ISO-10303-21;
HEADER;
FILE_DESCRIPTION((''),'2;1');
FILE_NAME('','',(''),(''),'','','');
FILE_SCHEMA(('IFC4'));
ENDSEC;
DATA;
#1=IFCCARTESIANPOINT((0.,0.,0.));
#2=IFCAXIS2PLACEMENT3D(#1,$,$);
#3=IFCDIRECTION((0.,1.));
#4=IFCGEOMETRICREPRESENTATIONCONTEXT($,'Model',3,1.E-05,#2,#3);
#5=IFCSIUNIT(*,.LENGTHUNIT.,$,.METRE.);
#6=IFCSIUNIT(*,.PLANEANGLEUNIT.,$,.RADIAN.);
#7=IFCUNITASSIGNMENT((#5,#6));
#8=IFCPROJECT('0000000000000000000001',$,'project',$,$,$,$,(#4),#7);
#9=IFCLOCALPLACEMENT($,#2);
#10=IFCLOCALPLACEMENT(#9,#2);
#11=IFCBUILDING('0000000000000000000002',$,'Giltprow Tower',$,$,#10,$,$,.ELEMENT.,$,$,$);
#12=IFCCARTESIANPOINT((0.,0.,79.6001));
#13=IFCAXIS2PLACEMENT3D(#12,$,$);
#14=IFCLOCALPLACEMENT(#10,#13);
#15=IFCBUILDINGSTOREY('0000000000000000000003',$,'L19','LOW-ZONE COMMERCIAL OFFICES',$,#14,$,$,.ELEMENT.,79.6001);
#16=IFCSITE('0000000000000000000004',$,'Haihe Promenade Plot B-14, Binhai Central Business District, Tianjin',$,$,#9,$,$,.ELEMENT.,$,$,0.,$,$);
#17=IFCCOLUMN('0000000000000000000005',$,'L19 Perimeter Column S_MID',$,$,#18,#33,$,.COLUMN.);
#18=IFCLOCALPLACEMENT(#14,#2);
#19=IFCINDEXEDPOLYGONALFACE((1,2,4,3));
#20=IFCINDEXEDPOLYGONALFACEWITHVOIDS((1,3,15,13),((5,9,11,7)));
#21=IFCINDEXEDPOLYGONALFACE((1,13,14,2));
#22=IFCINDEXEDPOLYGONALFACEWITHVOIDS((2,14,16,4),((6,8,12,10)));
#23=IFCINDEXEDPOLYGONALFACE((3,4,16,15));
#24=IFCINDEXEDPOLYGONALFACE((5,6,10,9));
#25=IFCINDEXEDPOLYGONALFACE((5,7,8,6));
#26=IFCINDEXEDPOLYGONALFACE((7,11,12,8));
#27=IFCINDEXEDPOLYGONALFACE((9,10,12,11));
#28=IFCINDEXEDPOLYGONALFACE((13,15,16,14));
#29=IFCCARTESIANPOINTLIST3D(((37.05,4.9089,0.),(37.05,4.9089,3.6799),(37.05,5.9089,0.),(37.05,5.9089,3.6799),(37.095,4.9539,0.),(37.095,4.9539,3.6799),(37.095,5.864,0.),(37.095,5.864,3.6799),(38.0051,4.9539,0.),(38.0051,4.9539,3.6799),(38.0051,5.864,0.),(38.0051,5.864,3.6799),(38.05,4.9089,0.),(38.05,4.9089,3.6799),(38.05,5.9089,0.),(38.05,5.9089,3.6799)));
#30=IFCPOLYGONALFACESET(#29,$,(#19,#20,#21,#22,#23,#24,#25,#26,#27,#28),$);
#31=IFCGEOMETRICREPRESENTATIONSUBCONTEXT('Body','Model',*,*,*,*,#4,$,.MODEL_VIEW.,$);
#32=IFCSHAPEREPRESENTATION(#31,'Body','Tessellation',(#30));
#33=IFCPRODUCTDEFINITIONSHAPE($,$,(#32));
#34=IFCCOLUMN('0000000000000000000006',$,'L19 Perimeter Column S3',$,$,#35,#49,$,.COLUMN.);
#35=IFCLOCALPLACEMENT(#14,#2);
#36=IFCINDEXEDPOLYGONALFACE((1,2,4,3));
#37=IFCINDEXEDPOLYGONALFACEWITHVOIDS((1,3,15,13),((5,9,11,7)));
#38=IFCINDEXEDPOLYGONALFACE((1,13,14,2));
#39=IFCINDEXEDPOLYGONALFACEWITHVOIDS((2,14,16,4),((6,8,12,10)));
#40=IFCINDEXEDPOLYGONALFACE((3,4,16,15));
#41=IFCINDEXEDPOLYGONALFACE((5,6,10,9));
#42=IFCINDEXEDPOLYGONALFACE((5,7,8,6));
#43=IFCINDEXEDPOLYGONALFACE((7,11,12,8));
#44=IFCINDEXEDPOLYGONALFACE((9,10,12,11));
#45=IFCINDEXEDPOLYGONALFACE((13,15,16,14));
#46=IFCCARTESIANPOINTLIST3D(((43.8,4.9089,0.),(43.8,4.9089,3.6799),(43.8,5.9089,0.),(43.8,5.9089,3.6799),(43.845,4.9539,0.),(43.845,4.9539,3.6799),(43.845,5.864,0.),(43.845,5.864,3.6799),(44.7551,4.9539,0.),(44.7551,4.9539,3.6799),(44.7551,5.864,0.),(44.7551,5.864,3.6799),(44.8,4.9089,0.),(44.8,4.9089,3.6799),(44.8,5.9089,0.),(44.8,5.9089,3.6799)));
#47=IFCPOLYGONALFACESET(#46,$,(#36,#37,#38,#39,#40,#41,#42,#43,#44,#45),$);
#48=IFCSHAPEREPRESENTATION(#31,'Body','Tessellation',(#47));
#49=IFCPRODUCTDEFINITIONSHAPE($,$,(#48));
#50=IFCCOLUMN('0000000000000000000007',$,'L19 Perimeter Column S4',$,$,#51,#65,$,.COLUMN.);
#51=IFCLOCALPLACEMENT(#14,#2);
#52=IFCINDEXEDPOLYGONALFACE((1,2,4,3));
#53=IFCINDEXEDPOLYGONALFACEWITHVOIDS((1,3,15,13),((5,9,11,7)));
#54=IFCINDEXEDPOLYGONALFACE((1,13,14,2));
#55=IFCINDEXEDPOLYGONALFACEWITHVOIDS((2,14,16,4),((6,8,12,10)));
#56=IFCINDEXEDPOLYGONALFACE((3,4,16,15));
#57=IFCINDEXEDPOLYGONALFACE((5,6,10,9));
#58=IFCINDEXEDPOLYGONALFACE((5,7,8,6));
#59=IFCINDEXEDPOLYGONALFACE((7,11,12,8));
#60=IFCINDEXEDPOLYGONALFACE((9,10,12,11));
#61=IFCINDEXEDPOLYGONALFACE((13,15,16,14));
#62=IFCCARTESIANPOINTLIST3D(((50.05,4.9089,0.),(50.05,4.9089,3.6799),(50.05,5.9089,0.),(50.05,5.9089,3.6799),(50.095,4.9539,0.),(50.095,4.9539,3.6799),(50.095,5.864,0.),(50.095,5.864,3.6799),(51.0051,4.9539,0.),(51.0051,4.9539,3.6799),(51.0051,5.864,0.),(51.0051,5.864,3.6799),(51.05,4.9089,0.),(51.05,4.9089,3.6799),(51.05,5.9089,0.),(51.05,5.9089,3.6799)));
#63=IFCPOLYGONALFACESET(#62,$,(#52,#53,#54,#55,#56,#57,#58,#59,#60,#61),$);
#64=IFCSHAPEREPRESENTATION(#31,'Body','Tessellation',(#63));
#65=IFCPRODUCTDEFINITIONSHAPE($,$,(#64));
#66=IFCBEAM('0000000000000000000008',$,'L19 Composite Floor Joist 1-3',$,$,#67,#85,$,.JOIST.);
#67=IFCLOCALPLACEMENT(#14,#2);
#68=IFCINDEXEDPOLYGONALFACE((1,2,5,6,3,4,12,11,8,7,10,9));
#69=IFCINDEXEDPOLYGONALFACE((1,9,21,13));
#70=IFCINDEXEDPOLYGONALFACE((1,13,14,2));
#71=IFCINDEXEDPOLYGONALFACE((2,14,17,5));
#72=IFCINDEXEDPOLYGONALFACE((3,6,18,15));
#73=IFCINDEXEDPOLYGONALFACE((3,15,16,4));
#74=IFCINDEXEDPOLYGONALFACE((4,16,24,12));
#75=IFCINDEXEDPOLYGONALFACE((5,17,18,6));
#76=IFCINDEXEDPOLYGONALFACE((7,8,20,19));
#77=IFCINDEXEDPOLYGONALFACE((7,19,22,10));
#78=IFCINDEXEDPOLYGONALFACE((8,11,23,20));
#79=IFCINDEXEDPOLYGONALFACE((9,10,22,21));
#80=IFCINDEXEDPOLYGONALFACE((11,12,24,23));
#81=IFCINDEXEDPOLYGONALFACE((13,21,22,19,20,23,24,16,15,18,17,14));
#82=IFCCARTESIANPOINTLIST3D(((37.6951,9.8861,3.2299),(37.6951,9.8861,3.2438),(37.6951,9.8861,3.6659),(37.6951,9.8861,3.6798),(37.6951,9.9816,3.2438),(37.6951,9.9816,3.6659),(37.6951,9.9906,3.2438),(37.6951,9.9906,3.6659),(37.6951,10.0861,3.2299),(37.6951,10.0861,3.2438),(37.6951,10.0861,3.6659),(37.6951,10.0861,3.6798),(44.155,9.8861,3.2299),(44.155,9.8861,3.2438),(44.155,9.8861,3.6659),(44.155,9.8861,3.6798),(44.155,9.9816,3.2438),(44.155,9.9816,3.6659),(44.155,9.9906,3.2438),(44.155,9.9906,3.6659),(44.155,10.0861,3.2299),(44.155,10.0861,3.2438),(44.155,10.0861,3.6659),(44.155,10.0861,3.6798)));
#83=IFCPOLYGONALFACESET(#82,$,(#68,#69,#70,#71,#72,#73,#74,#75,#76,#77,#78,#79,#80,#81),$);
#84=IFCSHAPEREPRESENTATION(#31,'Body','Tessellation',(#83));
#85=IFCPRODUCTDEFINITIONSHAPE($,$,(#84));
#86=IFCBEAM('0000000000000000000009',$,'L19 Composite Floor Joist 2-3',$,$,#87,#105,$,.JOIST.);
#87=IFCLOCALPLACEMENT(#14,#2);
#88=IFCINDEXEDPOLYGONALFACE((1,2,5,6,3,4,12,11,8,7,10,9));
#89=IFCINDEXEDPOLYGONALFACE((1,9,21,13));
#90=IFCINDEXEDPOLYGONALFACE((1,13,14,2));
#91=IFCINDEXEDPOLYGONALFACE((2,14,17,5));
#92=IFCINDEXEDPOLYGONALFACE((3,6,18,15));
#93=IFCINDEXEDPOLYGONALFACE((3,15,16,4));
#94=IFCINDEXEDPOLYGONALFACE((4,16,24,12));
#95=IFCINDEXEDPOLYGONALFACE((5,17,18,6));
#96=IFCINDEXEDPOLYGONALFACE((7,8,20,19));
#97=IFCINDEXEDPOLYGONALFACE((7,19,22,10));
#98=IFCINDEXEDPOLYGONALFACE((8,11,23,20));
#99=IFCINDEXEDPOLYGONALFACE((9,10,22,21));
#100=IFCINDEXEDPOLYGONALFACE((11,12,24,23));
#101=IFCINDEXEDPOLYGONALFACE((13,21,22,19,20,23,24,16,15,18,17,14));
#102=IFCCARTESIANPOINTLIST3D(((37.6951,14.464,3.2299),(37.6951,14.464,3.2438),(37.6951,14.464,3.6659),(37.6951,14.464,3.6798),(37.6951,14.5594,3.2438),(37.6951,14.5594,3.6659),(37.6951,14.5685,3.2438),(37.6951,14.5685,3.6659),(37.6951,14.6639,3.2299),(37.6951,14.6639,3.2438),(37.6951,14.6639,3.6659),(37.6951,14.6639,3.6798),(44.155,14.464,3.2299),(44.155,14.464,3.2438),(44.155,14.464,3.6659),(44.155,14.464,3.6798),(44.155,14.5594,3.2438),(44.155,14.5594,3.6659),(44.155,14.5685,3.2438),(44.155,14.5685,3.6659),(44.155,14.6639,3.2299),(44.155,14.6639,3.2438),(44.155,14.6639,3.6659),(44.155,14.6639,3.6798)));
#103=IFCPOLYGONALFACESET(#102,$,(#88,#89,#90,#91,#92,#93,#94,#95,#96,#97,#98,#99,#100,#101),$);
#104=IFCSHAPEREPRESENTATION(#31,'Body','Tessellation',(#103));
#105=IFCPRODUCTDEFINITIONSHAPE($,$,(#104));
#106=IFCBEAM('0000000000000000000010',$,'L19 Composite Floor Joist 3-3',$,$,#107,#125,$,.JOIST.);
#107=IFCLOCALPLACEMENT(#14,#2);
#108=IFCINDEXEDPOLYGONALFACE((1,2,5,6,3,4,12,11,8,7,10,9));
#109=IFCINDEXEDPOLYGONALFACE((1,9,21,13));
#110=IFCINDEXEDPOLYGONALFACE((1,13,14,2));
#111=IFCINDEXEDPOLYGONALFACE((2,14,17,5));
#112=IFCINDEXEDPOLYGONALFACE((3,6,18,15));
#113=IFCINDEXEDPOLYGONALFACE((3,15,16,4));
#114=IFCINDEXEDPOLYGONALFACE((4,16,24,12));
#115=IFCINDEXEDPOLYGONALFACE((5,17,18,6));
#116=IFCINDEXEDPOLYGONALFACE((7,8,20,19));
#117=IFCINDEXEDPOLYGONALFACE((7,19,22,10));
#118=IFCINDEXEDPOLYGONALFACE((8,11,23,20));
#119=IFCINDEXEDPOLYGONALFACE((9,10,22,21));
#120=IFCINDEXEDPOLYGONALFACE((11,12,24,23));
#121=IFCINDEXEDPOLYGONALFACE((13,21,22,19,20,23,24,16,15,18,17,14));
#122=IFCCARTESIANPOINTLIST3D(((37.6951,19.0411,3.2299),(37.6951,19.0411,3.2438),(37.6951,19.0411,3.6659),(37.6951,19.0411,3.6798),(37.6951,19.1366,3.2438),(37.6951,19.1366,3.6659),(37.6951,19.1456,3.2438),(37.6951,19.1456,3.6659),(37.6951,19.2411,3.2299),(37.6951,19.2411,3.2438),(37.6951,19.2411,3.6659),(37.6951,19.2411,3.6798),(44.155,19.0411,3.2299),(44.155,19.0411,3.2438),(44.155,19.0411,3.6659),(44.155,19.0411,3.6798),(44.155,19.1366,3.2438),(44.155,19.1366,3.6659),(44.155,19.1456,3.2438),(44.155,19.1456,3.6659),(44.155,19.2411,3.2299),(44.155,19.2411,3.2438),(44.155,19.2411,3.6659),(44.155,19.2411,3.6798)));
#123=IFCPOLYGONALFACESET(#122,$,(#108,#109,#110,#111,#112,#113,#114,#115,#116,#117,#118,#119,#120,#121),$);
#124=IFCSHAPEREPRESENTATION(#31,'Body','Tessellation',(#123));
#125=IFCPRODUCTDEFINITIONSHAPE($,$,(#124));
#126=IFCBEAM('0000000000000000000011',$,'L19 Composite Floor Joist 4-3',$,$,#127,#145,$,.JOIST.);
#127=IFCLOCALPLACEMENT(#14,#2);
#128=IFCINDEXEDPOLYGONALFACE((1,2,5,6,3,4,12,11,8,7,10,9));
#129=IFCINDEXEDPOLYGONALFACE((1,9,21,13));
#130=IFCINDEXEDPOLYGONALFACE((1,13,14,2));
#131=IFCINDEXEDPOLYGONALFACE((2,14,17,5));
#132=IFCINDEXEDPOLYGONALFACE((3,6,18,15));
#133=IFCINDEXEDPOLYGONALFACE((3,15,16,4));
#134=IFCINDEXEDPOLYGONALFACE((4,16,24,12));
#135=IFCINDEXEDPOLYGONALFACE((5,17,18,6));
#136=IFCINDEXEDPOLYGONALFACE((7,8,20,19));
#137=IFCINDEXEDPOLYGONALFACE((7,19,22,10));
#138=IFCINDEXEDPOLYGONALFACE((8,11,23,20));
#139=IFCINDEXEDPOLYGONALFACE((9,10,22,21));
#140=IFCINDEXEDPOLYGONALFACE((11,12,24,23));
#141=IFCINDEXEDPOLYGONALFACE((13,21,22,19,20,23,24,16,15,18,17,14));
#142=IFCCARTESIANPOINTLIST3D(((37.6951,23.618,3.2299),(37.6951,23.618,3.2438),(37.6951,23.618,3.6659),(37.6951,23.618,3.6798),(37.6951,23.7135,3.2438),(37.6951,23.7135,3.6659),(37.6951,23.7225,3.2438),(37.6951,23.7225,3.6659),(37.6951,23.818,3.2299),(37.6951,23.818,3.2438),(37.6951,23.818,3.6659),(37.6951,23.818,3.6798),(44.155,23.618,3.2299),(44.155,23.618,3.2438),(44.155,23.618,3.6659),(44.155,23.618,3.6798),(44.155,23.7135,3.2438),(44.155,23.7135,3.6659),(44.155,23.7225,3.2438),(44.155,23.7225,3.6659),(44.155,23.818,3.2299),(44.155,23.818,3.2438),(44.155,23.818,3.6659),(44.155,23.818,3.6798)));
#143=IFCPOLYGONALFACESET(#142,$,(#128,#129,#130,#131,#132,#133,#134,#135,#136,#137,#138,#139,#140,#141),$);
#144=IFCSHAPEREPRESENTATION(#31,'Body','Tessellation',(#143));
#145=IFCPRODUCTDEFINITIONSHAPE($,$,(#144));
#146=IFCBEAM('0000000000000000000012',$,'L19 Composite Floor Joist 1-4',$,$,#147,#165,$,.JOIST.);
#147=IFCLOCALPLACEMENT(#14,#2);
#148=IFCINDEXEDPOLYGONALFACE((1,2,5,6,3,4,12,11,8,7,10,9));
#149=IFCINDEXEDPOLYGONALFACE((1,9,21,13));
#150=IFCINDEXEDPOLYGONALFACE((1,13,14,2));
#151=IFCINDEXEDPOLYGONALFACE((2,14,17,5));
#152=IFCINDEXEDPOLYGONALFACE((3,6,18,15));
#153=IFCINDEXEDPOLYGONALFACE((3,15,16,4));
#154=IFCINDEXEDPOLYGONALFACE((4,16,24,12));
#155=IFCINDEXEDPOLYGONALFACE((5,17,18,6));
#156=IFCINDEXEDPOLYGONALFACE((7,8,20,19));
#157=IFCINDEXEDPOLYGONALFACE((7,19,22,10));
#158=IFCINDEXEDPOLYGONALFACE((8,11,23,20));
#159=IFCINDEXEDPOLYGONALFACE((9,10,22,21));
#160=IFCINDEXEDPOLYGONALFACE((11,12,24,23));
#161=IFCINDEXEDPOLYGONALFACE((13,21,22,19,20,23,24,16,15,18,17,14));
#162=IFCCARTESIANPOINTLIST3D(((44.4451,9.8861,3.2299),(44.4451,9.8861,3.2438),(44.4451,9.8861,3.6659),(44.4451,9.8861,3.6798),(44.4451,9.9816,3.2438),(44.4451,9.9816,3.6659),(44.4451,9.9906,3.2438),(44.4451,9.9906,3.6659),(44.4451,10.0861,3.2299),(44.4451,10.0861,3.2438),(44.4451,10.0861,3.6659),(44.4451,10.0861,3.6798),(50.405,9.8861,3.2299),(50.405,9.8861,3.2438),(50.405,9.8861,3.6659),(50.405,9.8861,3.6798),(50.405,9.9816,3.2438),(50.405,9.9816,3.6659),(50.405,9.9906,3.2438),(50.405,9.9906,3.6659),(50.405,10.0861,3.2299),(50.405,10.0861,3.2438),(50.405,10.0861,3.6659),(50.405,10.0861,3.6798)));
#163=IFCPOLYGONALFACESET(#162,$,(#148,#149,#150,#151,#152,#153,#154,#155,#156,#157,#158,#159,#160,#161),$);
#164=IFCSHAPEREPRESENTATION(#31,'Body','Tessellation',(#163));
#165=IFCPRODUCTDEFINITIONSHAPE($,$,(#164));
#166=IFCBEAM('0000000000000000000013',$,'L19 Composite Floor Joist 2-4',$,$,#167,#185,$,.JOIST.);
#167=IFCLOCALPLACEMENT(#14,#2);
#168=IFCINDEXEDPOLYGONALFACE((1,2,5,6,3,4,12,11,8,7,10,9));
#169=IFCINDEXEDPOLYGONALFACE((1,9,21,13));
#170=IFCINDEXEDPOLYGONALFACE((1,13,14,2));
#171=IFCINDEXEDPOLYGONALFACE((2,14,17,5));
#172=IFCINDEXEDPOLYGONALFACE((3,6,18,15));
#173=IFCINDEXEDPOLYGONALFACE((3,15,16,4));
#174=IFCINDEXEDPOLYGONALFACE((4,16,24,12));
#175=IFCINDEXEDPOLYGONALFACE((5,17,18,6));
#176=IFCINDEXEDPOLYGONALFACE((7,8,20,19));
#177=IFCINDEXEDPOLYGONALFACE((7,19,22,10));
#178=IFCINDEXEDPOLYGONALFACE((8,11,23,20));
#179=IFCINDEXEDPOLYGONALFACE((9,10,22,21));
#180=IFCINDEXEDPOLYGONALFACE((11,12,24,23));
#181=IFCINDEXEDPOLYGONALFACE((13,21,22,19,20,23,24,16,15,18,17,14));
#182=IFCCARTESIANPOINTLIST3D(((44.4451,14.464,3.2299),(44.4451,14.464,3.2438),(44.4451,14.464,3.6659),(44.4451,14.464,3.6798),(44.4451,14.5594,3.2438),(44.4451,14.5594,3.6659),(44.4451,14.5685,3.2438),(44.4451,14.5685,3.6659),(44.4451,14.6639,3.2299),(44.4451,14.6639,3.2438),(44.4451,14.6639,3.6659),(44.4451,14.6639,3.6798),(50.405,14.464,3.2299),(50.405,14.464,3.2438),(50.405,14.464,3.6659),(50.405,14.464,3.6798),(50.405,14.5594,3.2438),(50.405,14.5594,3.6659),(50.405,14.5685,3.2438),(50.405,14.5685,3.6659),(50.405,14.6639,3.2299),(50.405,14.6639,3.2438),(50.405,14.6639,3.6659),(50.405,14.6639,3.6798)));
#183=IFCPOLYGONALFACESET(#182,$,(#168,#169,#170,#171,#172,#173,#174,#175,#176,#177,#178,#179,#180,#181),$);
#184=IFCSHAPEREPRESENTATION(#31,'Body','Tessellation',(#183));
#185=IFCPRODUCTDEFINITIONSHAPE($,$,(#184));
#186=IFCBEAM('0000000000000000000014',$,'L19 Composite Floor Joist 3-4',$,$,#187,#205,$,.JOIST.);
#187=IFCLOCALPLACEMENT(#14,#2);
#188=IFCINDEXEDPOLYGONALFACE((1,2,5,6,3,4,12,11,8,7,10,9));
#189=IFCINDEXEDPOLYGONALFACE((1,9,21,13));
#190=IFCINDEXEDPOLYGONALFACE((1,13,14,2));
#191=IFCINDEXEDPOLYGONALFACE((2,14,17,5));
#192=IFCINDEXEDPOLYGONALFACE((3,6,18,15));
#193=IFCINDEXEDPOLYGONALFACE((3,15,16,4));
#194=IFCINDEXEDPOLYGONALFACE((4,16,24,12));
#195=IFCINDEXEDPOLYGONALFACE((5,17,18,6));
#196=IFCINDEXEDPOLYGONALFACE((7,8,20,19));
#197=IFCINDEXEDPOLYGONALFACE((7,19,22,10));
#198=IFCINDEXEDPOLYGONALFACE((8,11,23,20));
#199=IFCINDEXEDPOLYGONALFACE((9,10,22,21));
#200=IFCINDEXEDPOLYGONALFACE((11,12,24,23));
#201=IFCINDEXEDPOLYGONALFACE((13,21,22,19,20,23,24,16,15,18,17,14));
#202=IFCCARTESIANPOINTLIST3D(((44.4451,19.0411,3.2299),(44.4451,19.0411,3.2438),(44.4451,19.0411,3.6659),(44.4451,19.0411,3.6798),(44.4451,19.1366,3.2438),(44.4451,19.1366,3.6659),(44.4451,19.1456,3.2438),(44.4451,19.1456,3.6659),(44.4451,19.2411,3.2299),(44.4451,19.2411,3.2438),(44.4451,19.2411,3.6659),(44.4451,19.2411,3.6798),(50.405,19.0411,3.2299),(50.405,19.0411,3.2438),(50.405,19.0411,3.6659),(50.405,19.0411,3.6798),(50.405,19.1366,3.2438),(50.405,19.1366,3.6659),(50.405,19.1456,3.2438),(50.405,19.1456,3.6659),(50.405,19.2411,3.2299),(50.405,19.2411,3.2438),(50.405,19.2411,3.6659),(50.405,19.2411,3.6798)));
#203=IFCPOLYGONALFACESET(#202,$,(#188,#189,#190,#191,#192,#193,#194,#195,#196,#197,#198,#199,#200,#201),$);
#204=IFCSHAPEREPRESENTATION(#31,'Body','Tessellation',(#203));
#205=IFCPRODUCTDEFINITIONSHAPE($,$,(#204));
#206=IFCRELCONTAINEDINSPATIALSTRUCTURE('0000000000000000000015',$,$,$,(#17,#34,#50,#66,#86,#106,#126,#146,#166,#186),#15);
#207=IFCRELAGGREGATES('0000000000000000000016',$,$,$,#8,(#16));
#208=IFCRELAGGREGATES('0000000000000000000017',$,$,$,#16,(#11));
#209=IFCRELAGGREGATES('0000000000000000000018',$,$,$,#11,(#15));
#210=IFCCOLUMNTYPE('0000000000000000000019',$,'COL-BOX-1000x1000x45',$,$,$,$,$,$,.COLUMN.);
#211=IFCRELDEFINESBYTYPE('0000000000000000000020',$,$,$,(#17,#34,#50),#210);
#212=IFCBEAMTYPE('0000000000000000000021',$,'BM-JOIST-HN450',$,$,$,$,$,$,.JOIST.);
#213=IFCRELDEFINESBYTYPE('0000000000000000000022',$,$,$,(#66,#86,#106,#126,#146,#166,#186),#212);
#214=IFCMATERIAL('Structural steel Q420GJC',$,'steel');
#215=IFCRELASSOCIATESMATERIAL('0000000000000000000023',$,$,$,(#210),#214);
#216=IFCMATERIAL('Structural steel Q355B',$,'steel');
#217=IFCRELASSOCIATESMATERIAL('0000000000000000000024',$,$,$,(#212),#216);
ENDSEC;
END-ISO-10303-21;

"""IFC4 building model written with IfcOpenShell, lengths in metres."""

from ifc_helpers import new_model, si_unit, direction, frame, origin, origin_2d, place, context, subcontext, project, spatial, hollow_rectangle, i_section, extrude, source, transform, mapped, material, material_profile, profile_set, type_object, element, save


model = new_model("IFC4")

# Units and contexts
model_context = context("Model", 3, precision=1e-05, world=origin(), true_north=direction((0.0, 1.0)))
body_context = subcontext(model_context, "Body", "Model", "MODEL_VIEW")
ifc_project = project(units=[si_unit("LENGTHUNIT", "METRE"), si_unit("PLANEANGLEUNIT", "RADIAN")], contexts=[model_context])

# Site, building, storey
site_placement = place(None, origin())
site = spatial("IfcSite", under=ifc_project, at=site_placement, Name="Haihe Promenade Plot B-14, Binhai Central Business District, Tianjin", CompositionType="ELEMENT", RefElevation=0.0)
building_placement = place(site_placement, origin())
building = spatial("IfcBuilding", under=site, at=building_placement, Name="Giltprow Tower", CompositionType="ELEMENT")
storey_placement = place(building_placement, frame((0.0, 0.0, 79.6001)))
storey = spatial("IfcBuildingStorey", under=building, at=storey_placement, Name="L19", Description="LOW-ZONE COMMERCIAL OFFICES", CompositionType="ELEMENT", Elevation=79.6001)

# Columns
ifc_material_1 = material(Name="Structural steel Q420GJC", Category="steel")
ifc_material_profile_1 = material_profile(ifc_material_1, hollow_rectangle(XDim=1.0, YDim=1.0, WallThickness=0.0449, at=origin_2d()), Name="BOX 1000x1000x45")
ifc_profile_set_1 = profile_set([ifc_material_profile_1], Name="Structural steel Q420GJC")
column_type = type_object("IfcColumnType", Name="COL-BOX-1000x1000x45", PredefinedType="COLUMN", material=ifc_profile_set_1)
shared_shape_1 = source(origin(), body_context, "Body", "SweptSolid", [
    extrude(hollow_rectangle(XDim=1.0, YDim=1.0, WallThickness=0.0449, at=origin_2d()), origin(), (0.0, 0.0, 1.0), 3.6799),
])
for number, where, z_axis, x_axis, name in (
    (1, (37.55, 5.4089, 0.0), (0.0, 0.0, 1.0), (1.0, 0.0, 0.0), "L19 Perimeter Column S_MID"),
    (2, (44.3, 5.4089, 0.0), (0.0, 0.0, 1.0), (1.0, 0.0, 0.0), "L19 Perimeter Column S3"),
    (3, (50.55, 5.4089, 0.0), (0.0, 0.0, 1.0), (1.0, 0.0, 0.0), "L19 Perimeter Column S4"),
):
    element("IfcColumn", number, at=place(storey_placement, frame(where, z_axis=z_axis, x_axis=x_axis)), inside=storey, type_object=column_type, Name=name, PredefinedType="COLUMN", context=body_context, shape_type="MappedRepresentation", body=[
        mapped(shared_shape_1, transform((0.0, 0.0, 0.0), x_axis=(1.0, 0.0, 0.0), y_axis=(0.0, 1.0, 0.0), z_axis=(0.0, 0.0, 1.0), scale=1.0)),
    ])

# Beams
ifc_material_2 = material(Name="Structural steel Q355B", Category="steel")
ifc_material_profile_2 = material_profile(ifc_material_2, i_section(OverallWidth=0.2, OverallDepth=0.45, WebThickness=0.009, FlangeThickness=0.0139, at=origin_2d()), Name="HN 450x200x9x14")
ifc_profile_set_2 = profile_set([ifc_material_profile_2], Name="Structural steel Q355B")
beam_type_1 = type_object("IfcBeamType", Name="BM-JOIST-HN450", PredefinedType="JOIST", material=ifc_profile_set_2)
shared_shape_2 = source(origin(), body_context, "Body", "SweptSolid", [
    extrude(i_section(OverallWidth=0.2, OverallDepth=0.45, WebThickness=0.009, FlangeThickness=0.0139, at=origin_2d()), origin(), (0.0, 0.0, 1.0), 6.46),
])
for number, where, z_axis, x_axis, name in (
    (4, (37.6951, 9.9861, 3.4548), (1.0, 0.0, 0.0), (0.0, 1.0, 0.0), "L19 Composite Floor Joist 1-3"),
    (5, (37.6951, 14.564, 3.4548), (1.0, 0.0, 0.0), (0.0, 1.0, 0.0), "L19 Composite Floor Joist 2-3"),
    (6, (37.6951, 19.1411, 3.4548), (1.0, 0.0, 0.0), (0.0, 1.0, 0.0), "L19 Composite Floor Joist 3-3"),
    (7, (37.6951, 23.718, 3.4548), (1.0, 0.0, 0.0), (0.0, 1.0, 0.0), "L19 Composite Floor Joist 4-3"),
):
    element("IfcBeam", number, at=place(storey_placement, frame(where, z_axis=z_axis, x_axis=x_axis)), inside=storey, type_object=beam_type_1, Name=name, PredefinedType="JOIST", context=body_context, shape_type="MappedRepresentation", body=[
        mapped(shared_shape_2, transform((0.0, 0.0, 0.0), x_axis=(1.0, 0.0, 0.0), y_axis=(0.0, 1.0, 0.0), z_axis=(0.0, 0.0, 1.0), scale=1.0)),
    ])
shared_shape_3 = source(origin(), body_context, "Body", "SweptSolid", [
    extrude(i_section(OverallWidth=0.2, OverallDepth=0.45, WebThickness=0.009, FlangeThickness=0.0139, at=origin_2d()), origin(), (0.0, 0.0, 1.0), 5.96),
])
for number, where, z_axis, x_axis, name in (
    (8, (44.4451, 9.9861, 3.4548), (1.0, 0.0, 0.0), (0.0, 1.0, 0.0), "L19 Composite Floor Joist 1-4"),
    (9, (44.4451, 14.564, 3.4548), (1.0, 0.0, 0.0), (0.0, 1.0, 0.0), "L19 Composite Floor Joist 2-4"),
    (10, (44.4451, 19.1411, 3.4548), (1.0, 0.0, 0.0), (0.0, 1.0, 0.0), "L19 Composite Floor Joist 3-4"),
):
    element("IfcBeam", number, at=place(storey_placement, frame(where, z_axis=z_axis, x_axis=x_axis)), inside=storey, type_object=beam_type_1, Name=name, PredefinedType="JOIST", context=body_context, shape_type="MappedRepresentation", body=[
        mapped(shared_shape_3, transform((0.0, 0.0, 0.0), x_axis=(1.0, 0.0, 0.0), y_axis=(0.0, 1.0, 0.0), z_axis=(0.0, 0.0, 1.0), scale=1.0)),
    ])

save(model, "model.ifc")
